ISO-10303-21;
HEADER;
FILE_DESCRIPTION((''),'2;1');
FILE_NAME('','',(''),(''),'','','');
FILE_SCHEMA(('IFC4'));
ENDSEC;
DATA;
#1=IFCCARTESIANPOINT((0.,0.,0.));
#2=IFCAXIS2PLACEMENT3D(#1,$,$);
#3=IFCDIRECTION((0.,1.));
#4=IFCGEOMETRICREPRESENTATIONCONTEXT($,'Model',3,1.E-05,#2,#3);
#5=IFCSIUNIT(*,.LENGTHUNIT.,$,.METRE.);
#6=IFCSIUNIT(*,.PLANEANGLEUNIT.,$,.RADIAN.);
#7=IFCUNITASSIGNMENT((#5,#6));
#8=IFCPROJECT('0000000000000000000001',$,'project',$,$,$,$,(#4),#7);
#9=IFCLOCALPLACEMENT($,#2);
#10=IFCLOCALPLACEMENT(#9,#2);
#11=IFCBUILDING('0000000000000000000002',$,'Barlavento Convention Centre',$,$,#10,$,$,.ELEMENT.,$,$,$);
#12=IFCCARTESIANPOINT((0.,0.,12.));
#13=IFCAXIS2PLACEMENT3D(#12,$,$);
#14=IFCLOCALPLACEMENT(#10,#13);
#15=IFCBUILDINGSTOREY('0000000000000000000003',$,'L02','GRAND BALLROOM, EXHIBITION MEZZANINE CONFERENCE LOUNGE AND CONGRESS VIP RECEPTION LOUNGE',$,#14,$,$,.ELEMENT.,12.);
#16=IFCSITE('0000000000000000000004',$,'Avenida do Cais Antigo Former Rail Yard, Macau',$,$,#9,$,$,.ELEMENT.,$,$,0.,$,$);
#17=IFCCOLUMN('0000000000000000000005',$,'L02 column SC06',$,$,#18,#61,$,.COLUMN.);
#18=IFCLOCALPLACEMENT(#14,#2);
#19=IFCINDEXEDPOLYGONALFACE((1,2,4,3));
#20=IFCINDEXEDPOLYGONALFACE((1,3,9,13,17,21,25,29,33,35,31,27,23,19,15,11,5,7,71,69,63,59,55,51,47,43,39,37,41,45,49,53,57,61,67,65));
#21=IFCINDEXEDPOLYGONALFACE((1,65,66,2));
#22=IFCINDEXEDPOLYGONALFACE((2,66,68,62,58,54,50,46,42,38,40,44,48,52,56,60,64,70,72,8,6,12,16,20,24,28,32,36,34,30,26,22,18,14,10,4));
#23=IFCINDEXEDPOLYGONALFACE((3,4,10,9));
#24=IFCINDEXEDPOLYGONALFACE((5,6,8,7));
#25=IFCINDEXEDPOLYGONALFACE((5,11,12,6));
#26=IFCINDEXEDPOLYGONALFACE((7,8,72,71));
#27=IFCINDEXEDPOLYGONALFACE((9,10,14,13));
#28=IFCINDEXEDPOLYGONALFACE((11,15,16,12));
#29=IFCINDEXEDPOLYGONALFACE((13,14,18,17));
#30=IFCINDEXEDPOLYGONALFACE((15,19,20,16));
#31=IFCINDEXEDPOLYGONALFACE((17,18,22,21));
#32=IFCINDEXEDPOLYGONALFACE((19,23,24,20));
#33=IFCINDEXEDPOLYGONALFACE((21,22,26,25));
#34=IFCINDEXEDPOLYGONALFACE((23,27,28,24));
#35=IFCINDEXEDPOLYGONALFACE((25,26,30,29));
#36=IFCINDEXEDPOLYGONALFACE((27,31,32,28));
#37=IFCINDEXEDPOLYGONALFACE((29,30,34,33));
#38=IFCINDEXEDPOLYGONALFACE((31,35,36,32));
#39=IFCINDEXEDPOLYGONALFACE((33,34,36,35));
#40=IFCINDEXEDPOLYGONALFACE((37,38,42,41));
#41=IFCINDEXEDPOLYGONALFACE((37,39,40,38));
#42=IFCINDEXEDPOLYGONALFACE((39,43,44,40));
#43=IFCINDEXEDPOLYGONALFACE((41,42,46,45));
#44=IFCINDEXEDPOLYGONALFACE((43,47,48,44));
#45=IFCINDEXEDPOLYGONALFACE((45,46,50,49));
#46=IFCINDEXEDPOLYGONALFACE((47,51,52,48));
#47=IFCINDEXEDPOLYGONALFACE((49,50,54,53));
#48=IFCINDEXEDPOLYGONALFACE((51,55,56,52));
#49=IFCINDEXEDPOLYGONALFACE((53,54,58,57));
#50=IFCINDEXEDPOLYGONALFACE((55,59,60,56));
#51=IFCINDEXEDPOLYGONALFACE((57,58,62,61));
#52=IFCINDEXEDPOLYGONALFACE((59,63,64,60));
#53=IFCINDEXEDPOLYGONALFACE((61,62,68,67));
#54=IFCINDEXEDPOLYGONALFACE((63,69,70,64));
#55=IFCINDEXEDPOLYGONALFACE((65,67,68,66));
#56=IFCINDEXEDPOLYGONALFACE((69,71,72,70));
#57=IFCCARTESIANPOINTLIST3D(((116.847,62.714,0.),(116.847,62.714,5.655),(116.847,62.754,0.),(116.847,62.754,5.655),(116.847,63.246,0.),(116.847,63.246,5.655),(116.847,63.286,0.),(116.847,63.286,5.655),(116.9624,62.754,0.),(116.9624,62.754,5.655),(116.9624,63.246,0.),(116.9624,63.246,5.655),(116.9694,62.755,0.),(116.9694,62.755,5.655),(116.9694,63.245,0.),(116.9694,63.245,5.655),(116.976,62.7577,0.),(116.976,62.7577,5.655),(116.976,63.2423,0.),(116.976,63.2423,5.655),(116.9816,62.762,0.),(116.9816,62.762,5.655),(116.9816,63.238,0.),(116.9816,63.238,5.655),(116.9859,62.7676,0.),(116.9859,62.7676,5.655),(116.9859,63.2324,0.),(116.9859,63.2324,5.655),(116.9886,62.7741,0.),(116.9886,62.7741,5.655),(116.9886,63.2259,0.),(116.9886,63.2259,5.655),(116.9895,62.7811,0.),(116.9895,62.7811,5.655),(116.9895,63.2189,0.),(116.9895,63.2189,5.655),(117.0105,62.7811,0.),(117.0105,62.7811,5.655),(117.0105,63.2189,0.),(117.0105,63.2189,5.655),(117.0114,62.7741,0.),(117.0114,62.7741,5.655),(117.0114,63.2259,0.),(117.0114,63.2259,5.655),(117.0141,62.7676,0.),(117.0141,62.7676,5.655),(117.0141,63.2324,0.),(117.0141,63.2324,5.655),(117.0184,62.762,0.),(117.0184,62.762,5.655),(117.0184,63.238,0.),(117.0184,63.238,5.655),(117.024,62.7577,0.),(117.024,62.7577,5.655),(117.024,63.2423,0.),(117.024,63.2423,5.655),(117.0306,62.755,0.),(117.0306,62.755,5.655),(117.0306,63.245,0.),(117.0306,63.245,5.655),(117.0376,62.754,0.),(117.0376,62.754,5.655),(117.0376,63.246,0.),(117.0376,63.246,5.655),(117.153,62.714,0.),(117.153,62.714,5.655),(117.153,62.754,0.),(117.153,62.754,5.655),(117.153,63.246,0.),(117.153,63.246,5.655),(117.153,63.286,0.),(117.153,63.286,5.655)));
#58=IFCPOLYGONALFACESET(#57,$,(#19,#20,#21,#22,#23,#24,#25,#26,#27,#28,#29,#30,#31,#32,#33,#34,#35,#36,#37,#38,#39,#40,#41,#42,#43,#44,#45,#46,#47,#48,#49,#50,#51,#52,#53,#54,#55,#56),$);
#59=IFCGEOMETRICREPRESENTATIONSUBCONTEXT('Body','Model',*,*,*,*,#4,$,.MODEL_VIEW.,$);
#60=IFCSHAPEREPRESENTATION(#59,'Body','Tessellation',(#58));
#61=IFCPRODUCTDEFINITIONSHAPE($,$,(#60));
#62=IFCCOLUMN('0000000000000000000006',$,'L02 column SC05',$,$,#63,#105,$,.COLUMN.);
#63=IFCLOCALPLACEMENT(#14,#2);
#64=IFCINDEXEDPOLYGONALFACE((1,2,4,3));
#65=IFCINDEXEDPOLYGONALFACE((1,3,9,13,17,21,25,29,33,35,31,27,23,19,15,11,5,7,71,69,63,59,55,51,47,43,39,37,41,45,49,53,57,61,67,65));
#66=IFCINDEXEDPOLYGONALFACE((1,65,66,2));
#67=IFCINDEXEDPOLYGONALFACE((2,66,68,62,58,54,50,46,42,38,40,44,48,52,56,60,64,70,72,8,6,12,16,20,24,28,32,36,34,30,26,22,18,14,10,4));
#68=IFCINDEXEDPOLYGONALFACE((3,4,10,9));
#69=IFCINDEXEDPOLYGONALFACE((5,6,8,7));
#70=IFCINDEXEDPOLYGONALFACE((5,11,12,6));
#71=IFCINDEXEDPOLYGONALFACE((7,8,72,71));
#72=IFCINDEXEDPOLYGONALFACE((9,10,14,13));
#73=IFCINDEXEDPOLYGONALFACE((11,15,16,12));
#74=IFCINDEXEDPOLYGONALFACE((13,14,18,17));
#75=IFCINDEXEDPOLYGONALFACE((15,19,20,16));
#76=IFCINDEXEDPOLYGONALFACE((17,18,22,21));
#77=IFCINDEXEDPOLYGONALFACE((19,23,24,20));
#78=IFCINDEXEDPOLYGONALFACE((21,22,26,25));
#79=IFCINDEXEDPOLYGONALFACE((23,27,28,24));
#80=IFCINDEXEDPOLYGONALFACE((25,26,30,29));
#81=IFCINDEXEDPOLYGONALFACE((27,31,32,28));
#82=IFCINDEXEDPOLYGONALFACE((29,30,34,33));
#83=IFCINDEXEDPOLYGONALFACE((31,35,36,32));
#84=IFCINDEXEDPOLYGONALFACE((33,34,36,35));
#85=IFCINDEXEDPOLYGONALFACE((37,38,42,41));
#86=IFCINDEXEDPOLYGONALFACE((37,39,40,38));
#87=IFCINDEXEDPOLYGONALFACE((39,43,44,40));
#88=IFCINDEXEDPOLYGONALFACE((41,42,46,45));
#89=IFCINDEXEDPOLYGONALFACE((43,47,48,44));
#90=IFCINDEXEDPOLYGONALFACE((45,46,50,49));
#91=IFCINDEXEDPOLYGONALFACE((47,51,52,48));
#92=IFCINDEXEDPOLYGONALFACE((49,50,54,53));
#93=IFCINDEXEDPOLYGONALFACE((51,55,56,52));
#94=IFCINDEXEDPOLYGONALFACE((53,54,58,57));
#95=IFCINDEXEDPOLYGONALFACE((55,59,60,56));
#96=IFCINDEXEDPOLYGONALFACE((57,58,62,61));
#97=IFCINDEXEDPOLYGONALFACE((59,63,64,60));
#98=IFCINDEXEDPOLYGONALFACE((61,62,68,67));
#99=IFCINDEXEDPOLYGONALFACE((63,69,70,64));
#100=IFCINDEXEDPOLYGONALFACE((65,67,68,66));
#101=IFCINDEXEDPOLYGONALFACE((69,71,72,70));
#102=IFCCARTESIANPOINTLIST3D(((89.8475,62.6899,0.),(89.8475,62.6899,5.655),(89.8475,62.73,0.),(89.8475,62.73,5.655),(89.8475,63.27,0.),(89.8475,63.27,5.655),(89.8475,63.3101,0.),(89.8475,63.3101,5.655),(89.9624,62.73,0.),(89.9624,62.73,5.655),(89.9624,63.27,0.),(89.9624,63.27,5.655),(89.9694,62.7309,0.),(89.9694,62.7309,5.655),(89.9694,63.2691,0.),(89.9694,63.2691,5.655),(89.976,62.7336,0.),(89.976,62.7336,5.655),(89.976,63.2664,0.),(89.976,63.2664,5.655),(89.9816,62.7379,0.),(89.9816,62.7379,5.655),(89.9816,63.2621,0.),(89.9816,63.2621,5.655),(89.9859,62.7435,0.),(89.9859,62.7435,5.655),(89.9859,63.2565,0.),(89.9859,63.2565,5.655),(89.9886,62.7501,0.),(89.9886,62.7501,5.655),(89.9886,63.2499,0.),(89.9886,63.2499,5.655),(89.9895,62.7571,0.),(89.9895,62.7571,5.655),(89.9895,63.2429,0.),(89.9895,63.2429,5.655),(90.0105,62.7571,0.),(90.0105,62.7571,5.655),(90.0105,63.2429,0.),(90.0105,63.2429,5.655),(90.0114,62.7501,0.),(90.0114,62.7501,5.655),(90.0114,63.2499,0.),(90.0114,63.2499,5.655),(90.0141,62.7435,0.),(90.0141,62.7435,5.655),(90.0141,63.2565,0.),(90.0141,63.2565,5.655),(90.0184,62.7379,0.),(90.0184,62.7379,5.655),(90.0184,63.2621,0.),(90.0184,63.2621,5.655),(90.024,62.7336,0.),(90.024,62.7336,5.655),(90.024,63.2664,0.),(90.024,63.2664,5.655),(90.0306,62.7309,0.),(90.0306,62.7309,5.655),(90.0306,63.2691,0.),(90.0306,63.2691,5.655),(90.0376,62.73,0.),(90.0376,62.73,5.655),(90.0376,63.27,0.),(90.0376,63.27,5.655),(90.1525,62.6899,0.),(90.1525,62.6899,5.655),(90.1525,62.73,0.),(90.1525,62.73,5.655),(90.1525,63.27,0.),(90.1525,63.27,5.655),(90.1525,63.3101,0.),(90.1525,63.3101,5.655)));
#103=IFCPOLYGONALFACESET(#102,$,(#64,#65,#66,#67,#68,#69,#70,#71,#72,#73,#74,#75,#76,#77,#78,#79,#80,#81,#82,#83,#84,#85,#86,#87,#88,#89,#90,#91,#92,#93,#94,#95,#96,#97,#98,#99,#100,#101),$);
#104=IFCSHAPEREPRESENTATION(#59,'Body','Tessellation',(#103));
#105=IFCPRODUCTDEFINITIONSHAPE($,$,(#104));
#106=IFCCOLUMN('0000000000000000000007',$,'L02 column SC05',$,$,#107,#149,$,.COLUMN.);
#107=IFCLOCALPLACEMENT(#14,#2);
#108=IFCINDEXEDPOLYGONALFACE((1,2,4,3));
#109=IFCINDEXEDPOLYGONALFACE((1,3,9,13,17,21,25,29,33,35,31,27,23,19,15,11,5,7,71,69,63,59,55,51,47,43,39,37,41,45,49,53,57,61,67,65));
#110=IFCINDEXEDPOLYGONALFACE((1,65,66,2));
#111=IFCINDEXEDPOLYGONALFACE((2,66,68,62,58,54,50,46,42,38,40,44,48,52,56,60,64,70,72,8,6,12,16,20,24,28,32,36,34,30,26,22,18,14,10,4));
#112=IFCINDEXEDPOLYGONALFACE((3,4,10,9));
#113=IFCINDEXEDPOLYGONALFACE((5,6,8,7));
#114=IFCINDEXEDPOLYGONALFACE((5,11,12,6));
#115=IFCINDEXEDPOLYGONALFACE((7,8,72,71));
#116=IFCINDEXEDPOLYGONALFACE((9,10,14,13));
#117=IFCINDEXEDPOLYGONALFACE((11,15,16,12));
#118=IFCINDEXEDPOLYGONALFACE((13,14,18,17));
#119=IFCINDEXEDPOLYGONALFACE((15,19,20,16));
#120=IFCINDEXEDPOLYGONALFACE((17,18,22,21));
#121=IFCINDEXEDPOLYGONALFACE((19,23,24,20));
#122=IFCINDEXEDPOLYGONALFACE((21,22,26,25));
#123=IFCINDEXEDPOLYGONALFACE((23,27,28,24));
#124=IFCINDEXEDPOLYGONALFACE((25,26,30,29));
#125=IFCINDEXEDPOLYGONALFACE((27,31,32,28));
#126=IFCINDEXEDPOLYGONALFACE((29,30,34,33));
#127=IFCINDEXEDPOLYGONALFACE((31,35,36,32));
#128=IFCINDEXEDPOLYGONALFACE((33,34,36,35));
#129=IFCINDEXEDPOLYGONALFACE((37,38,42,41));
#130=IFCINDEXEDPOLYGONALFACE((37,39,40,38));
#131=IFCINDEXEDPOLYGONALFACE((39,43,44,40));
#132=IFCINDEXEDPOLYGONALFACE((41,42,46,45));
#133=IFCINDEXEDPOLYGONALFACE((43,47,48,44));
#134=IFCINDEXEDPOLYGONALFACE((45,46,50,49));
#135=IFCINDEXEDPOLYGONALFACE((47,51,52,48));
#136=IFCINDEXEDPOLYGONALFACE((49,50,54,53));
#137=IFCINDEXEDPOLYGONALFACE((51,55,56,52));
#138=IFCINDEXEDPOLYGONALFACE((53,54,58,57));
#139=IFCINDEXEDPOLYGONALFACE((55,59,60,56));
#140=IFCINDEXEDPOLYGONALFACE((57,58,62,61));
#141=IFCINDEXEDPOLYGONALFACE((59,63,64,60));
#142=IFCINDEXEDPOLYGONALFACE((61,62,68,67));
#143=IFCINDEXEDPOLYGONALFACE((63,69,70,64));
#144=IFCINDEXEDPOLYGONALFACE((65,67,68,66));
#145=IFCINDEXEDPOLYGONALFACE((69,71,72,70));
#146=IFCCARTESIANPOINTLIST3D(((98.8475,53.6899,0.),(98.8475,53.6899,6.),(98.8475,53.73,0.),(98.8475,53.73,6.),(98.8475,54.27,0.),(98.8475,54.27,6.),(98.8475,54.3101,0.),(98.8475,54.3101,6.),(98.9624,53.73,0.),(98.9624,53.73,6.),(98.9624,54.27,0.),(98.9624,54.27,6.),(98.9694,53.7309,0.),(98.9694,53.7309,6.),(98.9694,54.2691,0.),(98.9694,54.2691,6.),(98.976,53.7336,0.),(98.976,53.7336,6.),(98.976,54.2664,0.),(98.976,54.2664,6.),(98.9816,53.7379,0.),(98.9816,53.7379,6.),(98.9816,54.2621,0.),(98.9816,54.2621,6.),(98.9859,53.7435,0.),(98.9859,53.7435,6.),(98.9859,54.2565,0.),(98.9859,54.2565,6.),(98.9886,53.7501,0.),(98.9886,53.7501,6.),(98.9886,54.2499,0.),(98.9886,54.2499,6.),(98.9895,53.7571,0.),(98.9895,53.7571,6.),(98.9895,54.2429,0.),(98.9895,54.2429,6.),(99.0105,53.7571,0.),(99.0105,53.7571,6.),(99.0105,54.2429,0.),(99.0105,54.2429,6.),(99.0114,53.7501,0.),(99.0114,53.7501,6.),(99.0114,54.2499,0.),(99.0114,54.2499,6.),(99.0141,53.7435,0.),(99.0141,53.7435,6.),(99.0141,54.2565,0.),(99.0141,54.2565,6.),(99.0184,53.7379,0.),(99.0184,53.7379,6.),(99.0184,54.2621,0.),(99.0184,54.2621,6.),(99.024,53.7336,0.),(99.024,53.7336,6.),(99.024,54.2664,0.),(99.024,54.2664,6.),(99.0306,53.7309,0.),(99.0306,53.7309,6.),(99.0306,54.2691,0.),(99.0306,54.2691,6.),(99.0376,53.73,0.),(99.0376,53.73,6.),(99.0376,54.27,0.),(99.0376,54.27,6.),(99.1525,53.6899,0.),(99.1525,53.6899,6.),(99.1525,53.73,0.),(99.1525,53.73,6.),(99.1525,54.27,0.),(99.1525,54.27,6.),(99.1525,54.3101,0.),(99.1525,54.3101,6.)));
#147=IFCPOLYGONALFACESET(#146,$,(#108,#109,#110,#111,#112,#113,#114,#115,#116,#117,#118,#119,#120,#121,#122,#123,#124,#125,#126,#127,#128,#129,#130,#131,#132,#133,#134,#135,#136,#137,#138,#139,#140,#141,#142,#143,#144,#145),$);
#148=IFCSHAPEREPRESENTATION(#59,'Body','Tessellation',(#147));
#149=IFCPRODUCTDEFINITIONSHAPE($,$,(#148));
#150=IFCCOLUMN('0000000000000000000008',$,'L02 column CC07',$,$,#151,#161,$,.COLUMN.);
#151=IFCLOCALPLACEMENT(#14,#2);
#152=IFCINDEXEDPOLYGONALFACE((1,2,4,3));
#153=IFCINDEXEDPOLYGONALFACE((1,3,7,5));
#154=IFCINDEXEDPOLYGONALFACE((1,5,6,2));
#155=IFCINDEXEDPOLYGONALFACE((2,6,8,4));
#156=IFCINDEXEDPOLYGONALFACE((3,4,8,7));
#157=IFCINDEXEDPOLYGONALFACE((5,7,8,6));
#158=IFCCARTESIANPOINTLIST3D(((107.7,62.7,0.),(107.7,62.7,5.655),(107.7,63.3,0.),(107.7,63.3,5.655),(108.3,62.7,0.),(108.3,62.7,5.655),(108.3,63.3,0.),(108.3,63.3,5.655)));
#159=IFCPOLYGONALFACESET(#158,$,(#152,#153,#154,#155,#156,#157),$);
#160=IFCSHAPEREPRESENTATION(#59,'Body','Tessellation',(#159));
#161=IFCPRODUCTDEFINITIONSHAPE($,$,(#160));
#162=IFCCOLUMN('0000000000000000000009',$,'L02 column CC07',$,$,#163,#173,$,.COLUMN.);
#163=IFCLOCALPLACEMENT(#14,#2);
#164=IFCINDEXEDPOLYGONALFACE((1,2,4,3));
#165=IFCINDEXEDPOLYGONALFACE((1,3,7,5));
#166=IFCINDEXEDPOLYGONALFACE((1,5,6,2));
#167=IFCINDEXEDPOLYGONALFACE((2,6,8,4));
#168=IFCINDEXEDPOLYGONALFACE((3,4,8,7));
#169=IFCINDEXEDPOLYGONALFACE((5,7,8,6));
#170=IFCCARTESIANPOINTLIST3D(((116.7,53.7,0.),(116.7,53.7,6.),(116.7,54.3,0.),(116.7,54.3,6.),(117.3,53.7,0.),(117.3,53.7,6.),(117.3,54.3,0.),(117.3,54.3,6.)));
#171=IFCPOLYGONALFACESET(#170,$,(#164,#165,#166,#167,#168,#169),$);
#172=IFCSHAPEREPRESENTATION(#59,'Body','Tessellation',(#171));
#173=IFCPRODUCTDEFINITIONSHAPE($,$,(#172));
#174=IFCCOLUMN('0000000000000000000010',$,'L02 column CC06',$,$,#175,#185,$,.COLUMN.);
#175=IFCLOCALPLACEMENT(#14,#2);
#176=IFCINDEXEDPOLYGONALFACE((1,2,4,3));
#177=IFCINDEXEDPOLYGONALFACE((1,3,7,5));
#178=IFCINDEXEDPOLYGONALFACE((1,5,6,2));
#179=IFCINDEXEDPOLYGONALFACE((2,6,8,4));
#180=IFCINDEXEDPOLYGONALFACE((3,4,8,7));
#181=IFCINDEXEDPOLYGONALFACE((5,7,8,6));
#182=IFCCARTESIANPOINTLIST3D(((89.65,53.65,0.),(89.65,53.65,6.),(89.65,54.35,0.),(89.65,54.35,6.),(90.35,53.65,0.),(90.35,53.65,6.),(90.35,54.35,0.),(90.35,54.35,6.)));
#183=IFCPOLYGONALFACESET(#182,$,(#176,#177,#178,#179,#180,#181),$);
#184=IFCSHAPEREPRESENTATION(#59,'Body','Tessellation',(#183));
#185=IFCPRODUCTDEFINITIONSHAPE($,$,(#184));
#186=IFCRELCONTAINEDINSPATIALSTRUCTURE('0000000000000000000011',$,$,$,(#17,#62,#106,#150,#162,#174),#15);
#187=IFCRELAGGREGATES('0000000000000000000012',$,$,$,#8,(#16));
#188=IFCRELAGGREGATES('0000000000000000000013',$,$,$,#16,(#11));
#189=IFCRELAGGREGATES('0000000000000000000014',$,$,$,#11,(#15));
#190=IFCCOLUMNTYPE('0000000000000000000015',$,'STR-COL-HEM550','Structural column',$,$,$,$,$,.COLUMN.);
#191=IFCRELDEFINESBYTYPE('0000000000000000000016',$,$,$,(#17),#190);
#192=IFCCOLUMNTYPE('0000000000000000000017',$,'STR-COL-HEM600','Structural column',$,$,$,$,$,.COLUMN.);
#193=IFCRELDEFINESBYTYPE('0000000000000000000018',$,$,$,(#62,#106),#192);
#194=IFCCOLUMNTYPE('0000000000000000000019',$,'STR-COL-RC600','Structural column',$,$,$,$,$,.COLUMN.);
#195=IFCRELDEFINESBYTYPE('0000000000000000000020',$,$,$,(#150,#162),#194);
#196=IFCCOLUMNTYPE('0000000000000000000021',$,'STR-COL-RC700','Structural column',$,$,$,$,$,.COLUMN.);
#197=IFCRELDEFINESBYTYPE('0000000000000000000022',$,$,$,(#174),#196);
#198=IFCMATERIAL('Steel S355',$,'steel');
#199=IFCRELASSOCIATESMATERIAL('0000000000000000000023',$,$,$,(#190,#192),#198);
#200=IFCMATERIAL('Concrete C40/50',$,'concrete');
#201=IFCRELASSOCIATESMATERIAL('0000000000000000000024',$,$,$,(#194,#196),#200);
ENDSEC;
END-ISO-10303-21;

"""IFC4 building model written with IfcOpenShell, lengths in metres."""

from ifc_helpers import new_model, si_unit, direction, frame, origin, origin_2d, place, context, subcontext, project, spatial, rectangle, i_section, extrude, material, material_profile, profile_set, type_object, element, save


model = new_model("IFC4")

# Units and contexts
model_context = context("Model", 3, precision=1e-05, world=origin(), true_north=direction((0.0, 1.0)))
body_context = subcontext(model_context, "Body", "Model", "MODEL_VIEW")
ifc_project = project(units=[si_unit("LENGTHUNIT", "METRE"), si_unit("PLANEANGLEUNIT", "RADIAN")], contexts=[model_context])

# Site, building, storey
site_placement = place(None, origin())
site = spatial("IfcSite", under=ifc_project, at=site_placement, Name="Avenida do Cais Antigo Former Rail Yard, Macau", CompositionType="ELEMENT", RefElevation=0.0)
building_placement = place(site_placement, origin())
building = spatial("IfcBuilding", under=site, at=building_placement, Name="Barlavento Convention Centre", CompositionType="ELEMENT")
storey_placement = place(building_placement, frame((0.0, 0.0, 12.0)))
storey = spatial("IfcBuildingStorey", under=building, at=storey_placement, Name="L02", Description="GRAND BALLROOM, EXHIBITION MEZZANINE CONFERENCE LOUNGE AND CONGRESS VIP RECEPTION LOUNGE", CompositionType="ELEMENT", Elevation=12.0)

# Columns
ifc_material_1 = material(Name="Steel S355", Category="steel")
ifc_material_profile_1 = material_profile(ifc_material_1, i_section(OverallWidth=0.3059, OverallDepth=0.572, WebThickness=0.021, FlangeThickness=0.04, FilletRadius=0.0271, at=origin_2d()), Name="HEM 550")
ifc_profile_set_1 = profile_set([ifc_material_profile_1], Name="Steel S355")
column_type_1 = type_object("IfcColumnType", Name="STR-COL-HEM550", Description="Structural column", PredefinedType="COLUMN", material=ifc_profile_set_1)
column_1_placement = place(storey_placement, frame((117.0, 63.0, 0.0), z_axis=(0.0, 0.0, 1.0), x_axis=(1.0, 0.0, 0.0)))
element("IfcColumn", 1, at=column_1_placement, inside=storey, type_object=column_type_1, Name="L02 column SC06", PredefinedType="COLUMN", context=body_context, shape_type="SweptSolid", body=[
    extrude(i_section(OverallWidth=0.3059, OverallDepth=0.572, WebThickness=0.021, FlangeThickness=0.04, FilletRadius=0.0271, at=origin_2d()), origin(), (0.0, 0.0, 1.0), 5.655),
])
ifc_material_profile_2 = material_profile(ifc_material_1, i_section(OverallWidth=0.3049, OverallDepth=0.6201, WebThickness=0.021, FlangeThickness=0.04, FilletRadius=0.0271, at=origin_2d()), Name="HEM 600")
ifc_profile_set_2 = profile_set([ifc_material_profile_2], Name="Steel S355")
column_type_2 = type_object("IfcColumnType", Name="STR-COL-HEM600", Description="Structural column", PredefinedType="COLUMN", material=ifc_profile_set_2)
column_2_placement = place(storey_placement, frame((90.0, 63.0, 0.0), z_axis=(0.0, 0.0, 1.0), x_axis=(1.0, 0.0, 0.0)))
element("IfcColumn", 2, at=column_2_placement, inside=storey, type_object=column_type_2, Name="L02 column SC05", PredefinedType="COLUMN", context=body_context, shape_type="SweptSolid", body=[
    extrude(i_section(OverallWidth=0.3049, OverallDepth=0.6201, WebThickness=0.021, FlangeThickness=0.04, FilletRadius=0.0271, at=origin_2d()), origin(), (0.0, 0.0, 1.0), 5.655),
])
column_3_placement = place(storey_placement, frame((99.0, 54.0, 0.0), z_axis=(0.0, 0.0, 1.0), x_axis=(1.0, 0.0, 0.0)))
element("IfcColumn", 3, at=column_3_placement, inside=storey, type_object=column_type_2, Name="L02 column SC05", PredefinedType="COLUMN", context=body_context, shape_type="SweptSolid", body=[
    extrude(i_section(OverallWidth=0.3049, OverallDepth=0.6201, WebThickness=0.021, FlangeThickness=0.04, FilletRadius=0.0271, at=origin_2d()), origin(), (0.0, 0.0, 1.0), 6.0),
])
ifc_material_2 = material(Name="Concrete C40/50", Category="concrete")
ifc_material_profile_3 = material_profile(ifc_material_2, rectangle(XDim=0.6001, YDim=0.6001, at=origin_2d()), Name="RC 600x600")
ifc_profile_set_3 = profile_set([ifc_material_profile_3], Name="Concrete C40/50")
column_type_3 = type_object("IfcColumnType", Name="STR-COL-RC600", Description="Structural column", PredefinedType="COLUMN", material=ifc_profile_set_3)
column_4_placement = place(storey_placement, frame((108.0, 63.0, 0.0), z_axis=(0.0, 0.0, 1.0), x_axis=(1.0, 0.0, 0.0)))
element("IfcColumn", 4, at=column_4_placement, inside=storey, type_object=column_type_3, Name="L02 column CC07", PredefinedType="COLUMN", context=body_context, shape_type="SweptSolid", body=[
    extrude(rectangle(XDim=0.6001, YDim=0.6001, at=origin_2d()), origin(), (0.0, 0.0, 1.0), 5.655),
])
column_5_placement = place(storey_placement, frame((117.0, 54.0, 0.0), z_axis=(0.0, 0.0, 1.0), x_axis=(1.0, 0.0, 0.0)))
element("IfcColumn", 5, at=column_5_placement, inside=storey, type_object=column_type_3, Name="L02 column CC07", PredefinedType="COLUMN", context=body_context, shape_type="SweptSolid", body=[
    extrude(rectangle(XDim=0.6001, YDim=0.6001, at=origin_2d()), origin(), (0.0, 0.0, 1.0), 6.0),
])
ifc_material_profile_4 = material_profile(ifc_material_2, rectangle(XDim=0.7, YDim=0.7, at=origin_2d()), Name="RC 700x700")
ifc_profile_set_4 = profile_set([ifc_material_profile_4], Name="Concrete C40/50")
column_type_4 = type_object("IfcColumnType", Name="STR-COL-RC700", Description="Structural column", PredefinedType="COLUMN", material=ifc_profile_set_4)
column_6_placement = place(storey_placement, frame((90.0, 54.0, 0.0), z_axis=(0.0, 0.0, 1.0), x_axis=(1.0, 0.0, 0.0)))
element("IfcColumn", 6, at=column_6_placement, inside=storey, type_object=column_type_4, Name="L02 column CC06", PredefinedType="COLUMN", context=body_context, shape_type="SweptSolid", body=[
    extrude(rectangle(XDim=0.7, YDim=0.7, at=origin_2d()), origin(), (0.0, 0.0, 1.0), 6.0),
])

save(model, "model.ifc")
